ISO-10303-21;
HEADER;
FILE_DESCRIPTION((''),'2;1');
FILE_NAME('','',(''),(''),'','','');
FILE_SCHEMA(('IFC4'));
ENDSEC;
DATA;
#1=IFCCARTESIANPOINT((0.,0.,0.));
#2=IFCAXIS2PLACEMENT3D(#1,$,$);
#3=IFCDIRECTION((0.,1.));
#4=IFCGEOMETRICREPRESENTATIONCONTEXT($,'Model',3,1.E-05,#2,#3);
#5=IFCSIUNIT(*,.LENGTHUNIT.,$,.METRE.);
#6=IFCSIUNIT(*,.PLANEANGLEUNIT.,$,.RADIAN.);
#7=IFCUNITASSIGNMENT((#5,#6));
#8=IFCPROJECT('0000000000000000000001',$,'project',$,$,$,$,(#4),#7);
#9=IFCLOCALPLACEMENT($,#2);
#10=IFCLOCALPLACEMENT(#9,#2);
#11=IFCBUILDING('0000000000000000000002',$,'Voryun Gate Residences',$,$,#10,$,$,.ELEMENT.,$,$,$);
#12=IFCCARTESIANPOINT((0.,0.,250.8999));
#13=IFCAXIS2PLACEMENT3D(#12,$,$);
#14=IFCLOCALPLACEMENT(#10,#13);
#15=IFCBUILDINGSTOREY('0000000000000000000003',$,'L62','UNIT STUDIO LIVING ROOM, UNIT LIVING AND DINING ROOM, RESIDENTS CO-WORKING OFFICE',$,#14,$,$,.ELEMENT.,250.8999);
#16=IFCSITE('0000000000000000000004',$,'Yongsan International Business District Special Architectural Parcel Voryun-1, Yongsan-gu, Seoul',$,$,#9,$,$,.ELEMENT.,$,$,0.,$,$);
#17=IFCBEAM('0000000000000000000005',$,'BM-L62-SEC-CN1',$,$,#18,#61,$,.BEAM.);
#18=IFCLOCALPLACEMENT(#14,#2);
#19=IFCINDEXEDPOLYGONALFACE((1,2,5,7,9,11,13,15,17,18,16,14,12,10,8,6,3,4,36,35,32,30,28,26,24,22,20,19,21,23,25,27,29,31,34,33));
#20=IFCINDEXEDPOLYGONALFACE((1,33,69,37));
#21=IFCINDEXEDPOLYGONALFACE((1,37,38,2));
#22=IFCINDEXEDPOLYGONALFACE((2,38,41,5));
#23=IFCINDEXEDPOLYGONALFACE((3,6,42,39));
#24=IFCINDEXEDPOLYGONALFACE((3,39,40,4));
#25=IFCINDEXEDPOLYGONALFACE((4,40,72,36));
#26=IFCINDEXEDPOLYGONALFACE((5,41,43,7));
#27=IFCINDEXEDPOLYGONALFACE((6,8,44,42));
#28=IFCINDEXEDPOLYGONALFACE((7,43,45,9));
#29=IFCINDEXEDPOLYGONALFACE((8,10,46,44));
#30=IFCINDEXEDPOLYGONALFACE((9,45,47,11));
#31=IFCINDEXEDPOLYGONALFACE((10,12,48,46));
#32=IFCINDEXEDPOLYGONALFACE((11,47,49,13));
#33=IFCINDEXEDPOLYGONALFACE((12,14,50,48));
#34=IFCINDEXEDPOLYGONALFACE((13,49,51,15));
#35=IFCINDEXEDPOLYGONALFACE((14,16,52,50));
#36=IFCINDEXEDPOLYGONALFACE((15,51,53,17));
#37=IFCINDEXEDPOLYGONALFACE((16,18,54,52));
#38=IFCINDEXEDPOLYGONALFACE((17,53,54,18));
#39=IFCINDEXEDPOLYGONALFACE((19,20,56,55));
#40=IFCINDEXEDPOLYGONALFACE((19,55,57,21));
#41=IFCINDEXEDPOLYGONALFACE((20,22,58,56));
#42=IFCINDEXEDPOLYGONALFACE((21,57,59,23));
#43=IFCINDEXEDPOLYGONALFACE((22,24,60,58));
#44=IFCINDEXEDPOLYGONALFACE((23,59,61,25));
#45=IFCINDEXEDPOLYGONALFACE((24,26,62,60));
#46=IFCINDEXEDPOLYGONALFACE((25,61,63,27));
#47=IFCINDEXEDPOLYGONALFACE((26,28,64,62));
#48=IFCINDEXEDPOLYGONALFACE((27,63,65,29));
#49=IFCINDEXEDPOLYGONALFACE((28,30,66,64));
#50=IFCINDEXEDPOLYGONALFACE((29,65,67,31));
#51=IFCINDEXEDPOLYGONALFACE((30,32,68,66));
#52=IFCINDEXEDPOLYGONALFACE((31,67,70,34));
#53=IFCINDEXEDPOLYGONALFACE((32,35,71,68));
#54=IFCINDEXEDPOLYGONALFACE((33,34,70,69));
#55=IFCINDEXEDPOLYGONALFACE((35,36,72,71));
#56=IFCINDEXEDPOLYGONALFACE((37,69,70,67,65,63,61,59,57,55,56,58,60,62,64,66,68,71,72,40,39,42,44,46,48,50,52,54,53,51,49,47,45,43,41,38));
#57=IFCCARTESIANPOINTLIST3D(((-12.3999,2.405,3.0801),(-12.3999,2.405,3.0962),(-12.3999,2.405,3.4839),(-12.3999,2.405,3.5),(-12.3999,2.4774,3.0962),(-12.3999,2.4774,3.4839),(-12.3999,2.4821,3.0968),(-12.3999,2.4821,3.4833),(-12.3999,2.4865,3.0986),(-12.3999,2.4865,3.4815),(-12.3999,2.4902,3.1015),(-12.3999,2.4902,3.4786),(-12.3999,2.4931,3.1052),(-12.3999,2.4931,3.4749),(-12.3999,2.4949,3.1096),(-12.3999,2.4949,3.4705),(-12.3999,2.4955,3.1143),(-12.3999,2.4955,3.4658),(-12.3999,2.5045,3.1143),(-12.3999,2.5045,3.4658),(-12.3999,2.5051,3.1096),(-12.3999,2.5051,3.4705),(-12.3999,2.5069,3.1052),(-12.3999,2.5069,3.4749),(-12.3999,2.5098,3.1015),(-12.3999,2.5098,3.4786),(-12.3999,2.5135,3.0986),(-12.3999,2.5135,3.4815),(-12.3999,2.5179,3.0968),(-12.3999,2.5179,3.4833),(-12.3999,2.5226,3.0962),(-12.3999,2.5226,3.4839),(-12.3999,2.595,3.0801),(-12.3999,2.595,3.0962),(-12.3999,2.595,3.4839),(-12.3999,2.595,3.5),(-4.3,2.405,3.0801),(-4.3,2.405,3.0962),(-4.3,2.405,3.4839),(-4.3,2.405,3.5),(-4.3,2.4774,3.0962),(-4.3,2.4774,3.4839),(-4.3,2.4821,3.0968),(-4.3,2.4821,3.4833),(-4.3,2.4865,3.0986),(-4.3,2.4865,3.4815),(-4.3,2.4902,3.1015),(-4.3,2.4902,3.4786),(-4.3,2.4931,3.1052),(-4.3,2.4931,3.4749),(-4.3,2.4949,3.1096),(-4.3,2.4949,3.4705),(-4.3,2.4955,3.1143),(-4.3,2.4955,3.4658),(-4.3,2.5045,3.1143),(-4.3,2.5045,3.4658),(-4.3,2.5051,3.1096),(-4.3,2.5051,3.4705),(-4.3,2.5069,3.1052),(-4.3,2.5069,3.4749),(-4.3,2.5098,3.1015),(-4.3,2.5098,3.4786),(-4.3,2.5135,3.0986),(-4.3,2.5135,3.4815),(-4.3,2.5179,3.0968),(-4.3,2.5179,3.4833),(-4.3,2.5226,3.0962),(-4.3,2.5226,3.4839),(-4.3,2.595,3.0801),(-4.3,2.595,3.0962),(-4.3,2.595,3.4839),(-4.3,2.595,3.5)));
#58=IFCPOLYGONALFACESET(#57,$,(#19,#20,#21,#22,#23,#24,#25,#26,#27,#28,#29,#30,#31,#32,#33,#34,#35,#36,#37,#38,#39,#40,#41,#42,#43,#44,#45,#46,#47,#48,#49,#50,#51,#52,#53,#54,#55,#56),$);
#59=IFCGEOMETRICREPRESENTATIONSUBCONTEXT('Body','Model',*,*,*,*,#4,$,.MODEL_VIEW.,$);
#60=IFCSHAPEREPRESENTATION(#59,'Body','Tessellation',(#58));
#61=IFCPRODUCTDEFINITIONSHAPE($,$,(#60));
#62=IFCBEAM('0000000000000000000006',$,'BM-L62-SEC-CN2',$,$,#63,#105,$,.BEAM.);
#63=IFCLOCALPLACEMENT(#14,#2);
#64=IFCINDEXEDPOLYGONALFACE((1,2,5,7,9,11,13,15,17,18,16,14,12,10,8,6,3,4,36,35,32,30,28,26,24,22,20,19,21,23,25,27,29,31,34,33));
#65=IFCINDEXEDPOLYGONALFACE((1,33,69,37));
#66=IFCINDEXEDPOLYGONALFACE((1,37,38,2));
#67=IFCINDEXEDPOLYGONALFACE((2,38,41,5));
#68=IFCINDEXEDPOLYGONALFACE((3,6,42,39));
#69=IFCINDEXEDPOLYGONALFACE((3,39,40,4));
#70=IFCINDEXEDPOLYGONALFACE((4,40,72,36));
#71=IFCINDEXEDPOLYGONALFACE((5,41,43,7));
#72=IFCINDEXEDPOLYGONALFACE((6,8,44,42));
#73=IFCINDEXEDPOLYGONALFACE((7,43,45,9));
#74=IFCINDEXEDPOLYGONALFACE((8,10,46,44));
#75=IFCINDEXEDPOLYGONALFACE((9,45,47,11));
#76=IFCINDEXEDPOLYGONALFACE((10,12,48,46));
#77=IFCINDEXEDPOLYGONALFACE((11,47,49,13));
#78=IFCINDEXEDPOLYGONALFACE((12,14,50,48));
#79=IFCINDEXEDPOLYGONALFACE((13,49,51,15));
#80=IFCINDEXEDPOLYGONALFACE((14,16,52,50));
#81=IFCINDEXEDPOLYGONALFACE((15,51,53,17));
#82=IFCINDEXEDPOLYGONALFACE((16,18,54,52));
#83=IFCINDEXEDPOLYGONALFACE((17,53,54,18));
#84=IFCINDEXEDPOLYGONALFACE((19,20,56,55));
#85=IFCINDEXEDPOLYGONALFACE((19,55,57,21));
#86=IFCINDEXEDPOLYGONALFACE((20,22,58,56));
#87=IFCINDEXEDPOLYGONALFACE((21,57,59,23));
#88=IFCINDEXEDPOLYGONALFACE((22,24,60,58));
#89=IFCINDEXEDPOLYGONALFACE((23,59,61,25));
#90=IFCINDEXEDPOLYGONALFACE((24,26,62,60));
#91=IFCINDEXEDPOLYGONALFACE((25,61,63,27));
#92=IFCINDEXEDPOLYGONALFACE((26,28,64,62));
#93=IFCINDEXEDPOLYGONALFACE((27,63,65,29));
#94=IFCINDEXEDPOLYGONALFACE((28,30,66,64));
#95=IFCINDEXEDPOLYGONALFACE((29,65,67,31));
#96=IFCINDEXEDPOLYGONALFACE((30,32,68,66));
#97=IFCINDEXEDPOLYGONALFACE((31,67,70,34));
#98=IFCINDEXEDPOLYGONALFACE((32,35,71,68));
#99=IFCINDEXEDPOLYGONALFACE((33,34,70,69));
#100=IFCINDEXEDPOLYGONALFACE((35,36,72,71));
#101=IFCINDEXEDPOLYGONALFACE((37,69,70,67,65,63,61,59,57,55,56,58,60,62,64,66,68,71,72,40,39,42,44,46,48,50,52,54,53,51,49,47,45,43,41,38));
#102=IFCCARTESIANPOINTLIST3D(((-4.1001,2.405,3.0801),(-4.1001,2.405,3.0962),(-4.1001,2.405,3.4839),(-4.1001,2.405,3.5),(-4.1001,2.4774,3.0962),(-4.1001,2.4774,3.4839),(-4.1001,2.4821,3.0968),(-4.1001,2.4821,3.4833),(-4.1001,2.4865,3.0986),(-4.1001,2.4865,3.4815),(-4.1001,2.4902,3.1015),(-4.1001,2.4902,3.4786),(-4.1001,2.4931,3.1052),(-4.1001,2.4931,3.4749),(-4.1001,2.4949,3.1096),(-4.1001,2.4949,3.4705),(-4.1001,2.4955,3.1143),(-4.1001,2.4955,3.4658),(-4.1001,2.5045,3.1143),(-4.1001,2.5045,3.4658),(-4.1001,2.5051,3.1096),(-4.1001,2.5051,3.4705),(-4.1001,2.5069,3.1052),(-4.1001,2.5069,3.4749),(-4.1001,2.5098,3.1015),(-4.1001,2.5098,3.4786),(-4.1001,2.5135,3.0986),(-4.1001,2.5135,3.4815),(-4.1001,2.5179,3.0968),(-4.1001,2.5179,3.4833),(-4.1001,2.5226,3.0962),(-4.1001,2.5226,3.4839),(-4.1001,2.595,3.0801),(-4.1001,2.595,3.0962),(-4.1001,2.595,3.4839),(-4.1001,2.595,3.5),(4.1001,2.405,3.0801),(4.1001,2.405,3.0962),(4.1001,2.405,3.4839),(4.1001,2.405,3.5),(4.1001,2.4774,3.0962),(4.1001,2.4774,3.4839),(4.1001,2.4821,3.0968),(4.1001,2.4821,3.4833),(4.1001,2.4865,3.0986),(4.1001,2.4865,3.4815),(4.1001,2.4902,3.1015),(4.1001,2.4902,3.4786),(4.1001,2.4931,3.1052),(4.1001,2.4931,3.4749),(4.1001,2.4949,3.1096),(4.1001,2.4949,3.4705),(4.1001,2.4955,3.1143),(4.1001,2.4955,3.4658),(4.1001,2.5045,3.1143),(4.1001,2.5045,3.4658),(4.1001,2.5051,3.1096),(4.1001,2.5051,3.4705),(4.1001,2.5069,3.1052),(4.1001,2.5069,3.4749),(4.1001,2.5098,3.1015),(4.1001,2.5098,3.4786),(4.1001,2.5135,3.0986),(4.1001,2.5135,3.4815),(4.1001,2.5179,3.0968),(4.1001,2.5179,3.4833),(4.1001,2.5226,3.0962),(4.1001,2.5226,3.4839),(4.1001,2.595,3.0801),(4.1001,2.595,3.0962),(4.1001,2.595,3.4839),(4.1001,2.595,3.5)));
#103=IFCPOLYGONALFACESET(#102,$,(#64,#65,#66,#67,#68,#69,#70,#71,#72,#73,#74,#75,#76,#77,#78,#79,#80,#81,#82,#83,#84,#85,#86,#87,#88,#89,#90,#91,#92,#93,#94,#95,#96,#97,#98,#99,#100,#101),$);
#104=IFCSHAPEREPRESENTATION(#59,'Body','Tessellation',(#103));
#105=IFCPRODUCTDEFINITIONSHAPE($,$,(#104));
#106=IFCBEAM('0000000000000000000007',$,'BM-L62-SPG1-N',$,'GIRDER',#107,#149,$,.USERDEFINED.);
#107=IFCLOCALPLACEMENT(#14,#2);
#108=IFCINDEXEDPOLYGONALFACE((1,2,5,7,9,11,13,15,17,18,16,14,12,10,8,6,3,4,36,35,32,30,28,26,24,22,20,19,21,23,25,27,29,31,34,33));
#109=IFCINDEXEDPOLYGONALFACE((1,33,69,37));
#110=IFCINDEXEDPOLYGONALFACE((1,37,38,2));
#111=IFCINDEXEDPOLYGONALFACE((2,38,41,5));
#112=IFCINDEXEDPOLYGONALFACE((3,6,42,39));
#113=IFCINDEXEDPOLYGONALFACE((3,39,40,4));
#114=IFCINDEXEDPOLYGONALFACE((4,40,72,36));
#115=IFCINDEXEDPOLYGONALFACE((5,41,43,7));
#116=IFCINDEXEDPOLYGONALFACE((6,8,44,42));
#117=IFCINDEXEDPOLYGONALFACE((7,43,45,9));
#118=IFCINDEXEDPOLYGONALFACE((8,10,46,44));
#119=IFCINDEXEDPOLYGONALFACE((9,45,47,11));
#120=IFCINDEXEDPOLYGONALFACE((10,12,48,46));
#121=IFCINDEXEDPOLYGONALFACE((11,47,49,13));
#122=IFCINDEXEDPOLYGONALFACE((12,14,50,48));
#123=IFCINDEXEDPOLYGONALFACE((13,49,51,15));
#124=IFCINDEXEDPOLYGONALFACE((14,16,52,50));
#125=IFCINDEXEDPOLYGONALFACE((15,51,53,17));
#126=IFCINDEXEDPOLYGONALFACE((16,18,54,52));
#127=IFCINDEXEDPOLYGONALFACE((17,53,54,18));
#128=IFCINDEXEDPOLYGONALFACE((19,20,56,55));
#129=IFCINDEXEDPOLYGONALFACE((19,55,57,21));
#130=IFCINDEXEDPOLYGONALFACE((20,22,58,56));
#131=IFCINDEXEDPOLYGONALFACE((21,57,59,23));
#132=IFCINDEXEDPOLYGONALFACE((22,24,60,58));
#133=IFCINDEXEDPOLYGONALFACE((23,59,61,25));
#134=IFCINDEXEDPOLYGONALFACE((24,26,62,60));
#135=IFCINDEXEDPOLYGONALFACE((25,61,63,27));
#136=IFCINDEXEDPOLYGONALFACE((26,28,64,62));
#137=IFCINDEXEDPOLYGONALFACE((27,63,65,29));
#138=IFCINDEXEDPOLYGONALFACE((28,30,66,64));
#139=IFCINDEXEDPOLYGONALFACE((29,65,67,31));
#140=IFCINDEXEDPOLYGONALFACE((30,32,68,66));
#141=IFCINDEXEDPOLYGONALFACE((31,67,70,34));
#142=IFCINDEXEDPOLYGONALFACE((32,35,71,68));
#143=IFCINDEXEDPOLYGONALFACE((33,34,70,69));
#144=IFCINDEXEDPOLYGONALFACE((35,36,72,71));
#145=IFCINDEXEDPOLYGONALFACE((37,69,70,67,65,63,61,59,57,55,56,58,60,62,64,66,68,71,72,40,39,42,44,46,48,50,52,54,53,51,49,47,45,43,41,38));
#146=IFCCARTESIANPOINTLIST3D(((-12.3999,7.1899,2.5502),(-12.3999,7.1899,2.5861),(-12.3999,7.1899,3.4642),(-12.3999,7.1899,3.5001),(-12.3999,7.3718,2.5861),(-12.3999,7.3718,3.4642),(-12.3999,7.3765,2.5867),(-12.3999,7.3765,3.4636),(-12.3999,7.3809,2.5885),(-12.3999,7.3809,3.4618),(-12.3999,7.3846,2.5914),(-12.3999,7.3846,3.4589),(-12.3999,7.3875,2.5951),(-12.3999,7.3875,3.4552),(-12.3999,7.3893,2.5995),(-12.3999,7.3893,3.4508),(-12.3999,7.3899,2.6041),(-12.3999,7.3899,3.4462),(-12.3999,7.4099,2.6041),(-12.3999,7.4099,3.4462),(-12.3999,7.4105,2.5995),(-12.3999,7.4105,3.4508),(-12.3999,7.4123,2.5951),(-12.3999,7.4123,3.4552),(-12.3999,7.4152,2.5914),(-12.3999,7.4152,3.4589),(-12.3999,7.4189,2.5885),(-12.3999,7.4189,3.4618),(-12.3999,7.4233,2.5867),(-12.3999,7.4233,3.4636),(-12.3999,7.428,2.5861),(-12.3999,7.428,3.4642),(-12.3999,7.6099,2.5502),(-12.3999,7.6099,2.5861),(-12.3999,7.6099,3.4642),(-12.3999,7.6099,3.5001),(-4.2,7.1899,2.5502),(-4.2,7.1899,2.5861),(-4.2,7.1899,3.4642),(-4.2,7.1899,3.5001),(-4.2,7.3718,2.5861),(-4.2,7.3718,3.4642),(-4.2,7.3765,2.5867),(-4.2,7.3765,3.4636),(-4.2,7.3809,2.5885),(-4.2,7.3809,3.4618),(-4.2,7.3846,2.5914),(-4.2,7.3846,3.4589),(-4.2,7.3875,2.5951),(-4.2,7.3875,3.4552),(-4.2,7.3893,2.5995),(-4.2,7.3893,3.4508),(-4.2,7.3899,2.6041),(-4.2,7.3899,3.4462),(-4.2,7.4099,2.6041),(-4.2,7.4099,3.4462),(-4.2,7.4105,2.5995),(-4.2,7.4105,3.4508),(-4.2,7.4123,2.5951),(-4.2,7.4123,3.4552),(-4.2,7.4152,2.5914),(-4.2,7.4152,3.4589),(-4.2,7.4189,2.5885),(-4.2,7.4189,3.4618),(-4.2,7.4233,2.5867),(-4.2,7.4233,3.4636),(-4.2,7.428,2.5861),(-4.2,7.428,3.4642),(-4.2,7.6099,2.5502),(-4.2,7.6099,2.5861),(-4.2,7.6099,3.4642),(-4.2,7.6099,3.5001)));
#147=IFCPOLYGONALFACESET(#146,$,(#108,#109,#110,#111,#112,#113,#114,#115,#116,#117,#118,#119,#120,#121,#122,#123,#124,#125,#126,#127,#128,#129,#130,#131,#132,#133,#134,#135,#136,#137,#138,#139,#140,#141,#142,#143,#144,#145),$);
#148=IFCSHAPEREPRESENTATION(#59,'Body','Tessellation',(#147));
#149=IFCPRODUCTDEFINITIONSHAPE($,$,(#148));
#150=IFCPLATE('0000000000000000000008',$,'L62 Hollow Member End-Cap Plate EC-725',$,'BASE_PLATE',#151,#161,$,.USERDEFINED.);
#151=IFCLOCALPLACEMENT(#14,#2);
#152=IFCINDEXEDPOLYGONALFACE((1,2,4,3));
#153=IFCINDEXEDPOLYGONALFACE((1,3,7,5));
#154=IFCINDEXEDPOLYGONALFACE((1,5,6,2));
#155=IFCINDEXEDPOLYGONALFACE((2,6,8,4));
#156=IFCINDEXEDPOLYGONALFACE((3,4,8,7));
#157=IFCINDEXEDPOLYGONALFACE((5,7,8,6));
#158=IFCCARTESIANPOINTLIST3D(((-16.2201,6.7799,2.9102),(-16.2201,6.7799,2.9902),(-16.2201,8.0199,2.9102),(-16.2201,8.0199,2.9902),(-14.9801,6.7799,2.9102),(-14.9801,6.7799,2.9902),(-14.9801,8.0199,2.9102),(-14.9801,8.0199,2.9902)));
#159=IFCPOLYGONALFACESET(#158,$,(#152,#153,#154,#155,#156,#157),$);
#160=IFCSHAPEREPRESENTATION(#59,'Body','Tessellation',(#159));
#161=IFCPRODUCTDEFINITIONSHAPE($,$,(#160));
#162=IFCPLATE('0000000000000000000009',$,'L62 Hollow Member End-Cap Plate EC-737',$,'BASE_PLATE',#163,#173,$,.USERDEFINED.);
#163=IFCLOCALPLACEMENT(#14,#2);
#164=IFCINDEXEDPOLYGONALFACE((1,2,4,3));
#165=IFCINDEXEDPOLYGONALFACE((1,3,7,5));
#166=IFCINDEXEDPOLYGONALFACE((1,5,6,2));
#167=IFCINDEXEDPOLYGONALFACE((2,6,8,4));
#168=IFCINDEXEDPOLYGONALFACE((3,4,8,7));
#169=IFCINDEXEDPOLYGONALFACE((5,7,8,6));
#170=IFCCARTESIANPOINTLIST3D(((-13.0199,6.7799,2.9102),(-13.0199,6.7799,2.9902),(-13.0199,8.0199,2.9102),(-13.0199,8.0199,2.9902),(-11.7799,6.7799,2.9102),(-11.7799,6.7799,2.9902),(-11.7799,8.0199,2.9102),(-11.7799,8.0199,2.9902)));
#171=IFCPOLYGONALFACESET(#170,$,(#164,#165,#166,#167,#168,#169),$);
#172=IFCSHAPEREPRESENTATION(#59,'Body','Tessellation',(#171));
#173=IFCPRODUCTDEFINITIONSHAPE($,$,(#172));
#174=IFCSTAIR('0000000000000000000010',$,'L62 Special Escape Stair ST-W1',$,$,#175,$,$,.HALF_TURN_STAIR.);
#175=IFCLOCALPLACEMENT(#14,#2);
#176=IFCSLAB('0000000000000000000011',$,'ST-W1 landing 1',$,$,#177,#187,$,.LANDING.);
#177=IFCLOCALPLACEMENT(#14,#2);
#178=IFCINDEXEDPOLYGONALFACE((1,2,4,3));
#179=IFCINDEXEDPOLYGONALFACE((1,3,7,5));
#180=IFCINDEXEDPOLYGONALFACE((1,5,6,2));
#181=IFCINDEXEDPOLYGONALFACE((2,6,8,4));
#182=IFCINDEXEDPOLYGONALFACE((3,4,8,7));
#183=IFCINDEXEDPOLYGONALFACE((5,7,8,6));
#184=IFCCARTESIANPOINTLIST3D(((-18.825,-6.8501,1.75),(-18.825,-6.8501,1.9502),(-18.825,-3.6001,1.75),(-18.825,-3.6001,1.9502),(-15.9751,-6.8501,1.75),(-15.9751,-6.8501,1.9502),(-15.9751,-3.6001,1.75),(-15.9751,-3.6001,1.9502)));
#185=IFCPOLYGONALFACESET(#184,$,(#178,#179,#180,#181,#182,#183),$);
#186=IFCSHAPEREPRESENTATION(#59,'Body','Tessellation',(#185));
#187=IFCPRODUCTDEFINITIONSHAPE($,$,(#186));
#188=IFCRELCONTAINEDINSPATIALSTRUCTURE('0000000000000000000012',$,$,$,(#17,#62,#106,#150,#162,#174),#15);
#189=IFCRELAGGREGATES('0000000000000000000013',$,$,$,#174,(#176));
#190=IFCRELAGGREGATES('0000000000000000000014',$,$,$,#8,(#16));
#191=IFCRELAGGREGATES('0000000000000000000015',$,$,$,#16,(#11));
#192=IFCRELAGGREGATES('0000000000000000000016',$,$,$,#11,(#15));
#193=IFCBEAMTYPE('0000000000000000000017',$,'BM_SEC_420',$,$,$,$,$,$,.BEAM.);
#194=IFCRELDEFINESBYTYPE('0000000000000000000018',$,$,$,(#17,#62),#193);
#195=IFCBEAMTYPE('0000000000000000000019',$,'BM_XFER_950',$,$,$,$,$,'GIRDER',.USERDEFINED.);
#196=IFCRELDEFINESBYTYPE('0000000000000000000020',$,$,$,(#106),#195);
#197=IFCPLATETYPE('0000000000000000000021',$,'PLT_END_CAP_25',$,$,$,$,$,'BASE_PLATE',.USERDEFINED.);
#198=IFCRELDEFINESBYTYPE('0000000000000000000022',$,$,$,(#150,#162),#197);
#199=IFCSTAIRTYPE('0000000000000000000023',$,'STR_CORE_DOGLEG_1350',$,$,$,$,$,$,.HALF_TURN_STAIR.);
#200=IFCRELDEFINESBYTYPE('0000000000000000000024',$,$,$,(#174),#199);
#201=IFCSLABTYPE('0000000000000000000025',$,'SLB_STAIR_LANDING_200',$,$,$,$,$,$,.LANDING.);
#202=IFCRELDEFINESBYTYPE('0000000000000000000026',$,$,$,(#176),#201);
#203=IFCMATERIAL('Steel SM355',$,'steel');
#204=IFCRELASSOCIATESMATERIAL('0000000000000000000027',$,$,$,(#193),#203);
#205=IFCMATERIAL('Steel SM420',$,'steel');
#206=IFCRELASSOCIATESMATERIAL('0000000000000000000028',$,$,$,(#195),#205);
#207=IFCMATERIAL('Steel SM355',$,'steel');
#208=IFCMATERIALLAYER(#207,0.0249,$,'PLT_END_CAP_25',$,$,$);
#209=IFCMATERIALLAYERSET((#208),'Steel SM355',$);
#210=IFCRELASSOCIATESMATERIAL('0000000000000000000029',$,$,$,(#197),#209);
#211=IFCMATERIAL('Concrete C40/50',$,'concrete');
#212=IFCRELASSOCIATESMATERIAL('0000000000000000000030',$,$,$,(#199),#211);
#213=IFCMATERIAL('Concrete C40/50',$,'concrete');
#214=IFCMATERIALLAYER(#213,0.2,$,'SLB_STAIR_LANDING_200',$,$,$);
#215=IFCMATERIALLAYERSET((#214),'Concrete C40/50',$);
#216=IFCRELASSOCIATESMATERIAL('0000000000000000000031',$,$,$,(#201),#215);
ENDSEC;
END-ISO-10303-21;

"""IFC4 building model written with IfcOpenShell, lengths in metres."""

from ifc_helpers import new_model, si_unit, direction, frame, origin, origin_2d, place, context, subcontext, project, spatial, polyline, rectangle, i_section, outline, extrude, material, layer, layer_set, material_profile, profile_set, type_object, element, aggregate, save


model = new_model("IFC4")

# Units and contexts
model_context = context("Model", 3, precision=1e-05, world=origin(), true_north=direction((0.0, 1.0)))
body_context = subcontext(model_context, "Body", "Model", "MODEL_VIEW")
ifc_project = project(units=[si_unit("LENGTHUNIT", "METRE"), si_unit("PLANEANGLEUNIT", "RADIAN")], contexts=[model_context])

# Site, building, storey
site_placement = place(None, origin())
site = spatial("IfcSite", under=ifc_project, at=site_placement, Name="Yongsan International Business District Special Architectural Parcel Voryun-1, Yongsan-gu, Seoul", CompositionType="ELEMENT", RefElevation=0.0)
building_placement = place(site_placement, origin())
building = spatial("IfcBuilding", under=site, at=building_placement, Name="Voryun Gate Residences", CompositionType="ELEMENT")
storey_placement = place(building_placement, frame((0.0, 0.0, 250.8999)))
storey = spatial("IfcBuildingStorey", under=building, at=storey_placement, Name="L62", Description="UNIT STUDIO LIVING ROOM, UNIT LIVING AND DINING ROOM, RESIDENTS CO-WORKING OFFICE", CompositionType="ELEMENT", Elevation=250.8999)

# Beams
ifc_material_1 = material(Name="Steel SM355", Category="steel")
ifc_material_profile_1 = material_profile(ifc_material_1, i_section(OverallWidth=0.1899, OverallDepth=0.4199, WebThickness=0.009, FlangeThickness=0.0161, FilletRadius=0.0181, at=origin_2d()), Name="H-420x190x9x16")
ifc_profile_set_1 = profile_set([ifc_material_profile_1], Name="Steel SM355")
beam_type_1 = type_object("IfcBeamType", Name="BM_SEC_420", PredefinedType="BEAM", material=ifc_profile_set_1)
beam_1_placement = place(storey_placement, frame((-12.3999, 2.5, 3.29), z_axis=(1.0, 0.0, 0.0), x_axis=(0.0, 1.0, 0.0)))
element("IfcBeam", 1, at=beam_1_placement, inside=storey, type_object=beam_type_1, Name="BM-L62-SEC-CN1", PredefinedType="BEAM", context=body_context, shape_type="SweptSolid", body=[
    extrude(i_section(OverallWidth=0.1899, OverallDepth=0.4199, WebThickness=0.009, FlangeThickness=0.0161, FilletRadius=0.0181, at=origin_2d()), origin(), (0.0, 0.0, 1.0), 8.0999),
])
beam_2_placement = place(storey_placement, frame((-4.1001, 2.5, 3.29), z_axis=(1.0, 0.0, 0.0), x_axis=(0.0, 1.0, 0.0)))
element("IfcBeam", 2, at=beam_2_placement, inside=storey, type_object=beam_type_1, Name="BM-L62-SEC-CN2", PredefinedType="BEAM", context=body_context, shape_type="SweptSolid", body=[
    extrude(i_section(OverallWidth=0.1899, OverallDepth=0.4199, WebThickness=0.009, FlangeThickness=0.0161, FilletRadius=0.0181, at=origin_2d()), origin(), (0.0, 0.0, 1.0), 8.2002),
])
ifc_material_2 = material(Name="Steel SM420", Category="steel")
ifc_material_profile_2 = material_profile(ifc_material_2, i_section(OverallWidth=0.4199, OverallDepth=0.95, WebThickness=0.02, FlangeThickness=0.0359, FilletRadius=0.0181, at=origin_2d()), Name="H-950x420x20x36")
ifc_profile_set_2 = profile_set([ifc_material_profile_2], Name="Steel SM420")
beam_type_2 = type_object("IfcBeamType", Name="BM_XFER_950", ElementType="GIRDER", PredefinedType="USERDEFINED", material=ifc_profile_set_2)
beam_3_placement = place(storey_placement, frame((-12.3999, 7.3999, 3.0251), z_axis=(1.0, 0.0, 0.0), x_axis=(0.0, 1.0, 0.0)))
element("IfcBeam", 3, at=beam_3_placement, inside=storey, type_object=beam_type_2, Name="BM-L62-SPG1-N", ObjectType="GIRDER", PredefinedType="USERDEFINED", context=body_context, shape_type="SweptSolid", body=[
    extrude(i_section(OverallWidth=0.4199, OverallDepth=0.95, WebThickness=0.02, FlangeThickness=0.0359, FilletRadius=0.0181, at=origin_2d()), origin(), (0.0, 0.0, 1.0), 8.2),
])

# Plates
ifc_material_3 = material(Name="Steel SM355", Category="steel")
ifc_layer_1 = layer(ifc_material_3, 0.0249, Name="PLT_END_CAP_25")
ifc_layer_set_1 = layer_set([ifc_layer_1], Name="Steel SM355")
plate_type = type_object("IfcPlateType", Name="PLT_END_CAP_25", ElementType="BASE_PLATE", PredefinedType="USERDEFINED", material=ifc_layer_set_1)
for number, where, z_axis, x_axis, name in (
    (4, (-15.6001, 7.3999, 2.9102), (0.0, 0.0, 1.0), (1.0, 0.0, 0.0), "L62 Hollow Member End-Cap Plate EC-725"),
    (5, (-12.3999, 7.3999, 2.9102), (0.0, 0.0, 1.0), (1.0, 0.0, 0.0), "L62 Hollow Member End-Cap Plate EC-737"),
):
    element("IfcPlate", number, at=place(storey_placement, frame(where, z_axis=z_axis, x_axis=x_axis)), inside=storey, type_object=plate_type, Name=name, ObjectType="BASE_PLATE", PredefinedType="USERDEFINED", context=body_context, shape_type="SweptSolid", body=[
        extrude(rectangle(XDim=1.24, YDim=1.24, at=origin_2d()), origin(), (0.0, 0.0, 1.0), 0.0801),
    ])

# Stair, slab
ifc_material_4 = material(Name="Concrete C40/50", Category="concrete")
stair_type = type_object("IfcStairType", Name="STR_CORE_DOGLEG_1350", PredefinedType="HALF_TURN_STAIR", material=ifc_material_4)
stair_placement = place(storey_placement, origin())
stair = element("IfcStair", 6, at=stair_placement, inside=storey, type_object=stair_type, Name="L62 Special Escape Stair ST-W1", PredefinedType="HALF_TURN_STAIR")
ifc_material_5 = material(Name="Concrete C40/50", Category="concrete")
ifc_layer_2 = layer(ifc_material_5, 0.2, Name="SLB_STAIR_LANDING_200")
ifc_layer_set_2 = layer_set([ifc_layer_2], Name="Concrete C40/50")
slab_type = type_object("IfcSlabType", Name="SLB_STAIR_LANDING_200", PredefinedType="LANDING", material=ifc_layer_set_2)
slab_placement = place(storey_placement, frame((0.0, 0.0, 1.75)))
slab = element("IfcSlab", 7, at=slab_placement, type_object=slab_type, Name="ST-W1 landing 1", PredefinedType="LANDING", context=body_context, shape_type="SweptSolid", body=[
    extrude(outline(polyline([(-18.825, -3.6001), (-18.825, -6.8501), (-15.9751, -6.8501), (-15.9751, -3.6001), (-18.825, -3.6001)])), origin(), (0.0, 0.0, 1.0), 0.2002),
])
aggregate(stair, [slab])

save(model, "model.ifc")
